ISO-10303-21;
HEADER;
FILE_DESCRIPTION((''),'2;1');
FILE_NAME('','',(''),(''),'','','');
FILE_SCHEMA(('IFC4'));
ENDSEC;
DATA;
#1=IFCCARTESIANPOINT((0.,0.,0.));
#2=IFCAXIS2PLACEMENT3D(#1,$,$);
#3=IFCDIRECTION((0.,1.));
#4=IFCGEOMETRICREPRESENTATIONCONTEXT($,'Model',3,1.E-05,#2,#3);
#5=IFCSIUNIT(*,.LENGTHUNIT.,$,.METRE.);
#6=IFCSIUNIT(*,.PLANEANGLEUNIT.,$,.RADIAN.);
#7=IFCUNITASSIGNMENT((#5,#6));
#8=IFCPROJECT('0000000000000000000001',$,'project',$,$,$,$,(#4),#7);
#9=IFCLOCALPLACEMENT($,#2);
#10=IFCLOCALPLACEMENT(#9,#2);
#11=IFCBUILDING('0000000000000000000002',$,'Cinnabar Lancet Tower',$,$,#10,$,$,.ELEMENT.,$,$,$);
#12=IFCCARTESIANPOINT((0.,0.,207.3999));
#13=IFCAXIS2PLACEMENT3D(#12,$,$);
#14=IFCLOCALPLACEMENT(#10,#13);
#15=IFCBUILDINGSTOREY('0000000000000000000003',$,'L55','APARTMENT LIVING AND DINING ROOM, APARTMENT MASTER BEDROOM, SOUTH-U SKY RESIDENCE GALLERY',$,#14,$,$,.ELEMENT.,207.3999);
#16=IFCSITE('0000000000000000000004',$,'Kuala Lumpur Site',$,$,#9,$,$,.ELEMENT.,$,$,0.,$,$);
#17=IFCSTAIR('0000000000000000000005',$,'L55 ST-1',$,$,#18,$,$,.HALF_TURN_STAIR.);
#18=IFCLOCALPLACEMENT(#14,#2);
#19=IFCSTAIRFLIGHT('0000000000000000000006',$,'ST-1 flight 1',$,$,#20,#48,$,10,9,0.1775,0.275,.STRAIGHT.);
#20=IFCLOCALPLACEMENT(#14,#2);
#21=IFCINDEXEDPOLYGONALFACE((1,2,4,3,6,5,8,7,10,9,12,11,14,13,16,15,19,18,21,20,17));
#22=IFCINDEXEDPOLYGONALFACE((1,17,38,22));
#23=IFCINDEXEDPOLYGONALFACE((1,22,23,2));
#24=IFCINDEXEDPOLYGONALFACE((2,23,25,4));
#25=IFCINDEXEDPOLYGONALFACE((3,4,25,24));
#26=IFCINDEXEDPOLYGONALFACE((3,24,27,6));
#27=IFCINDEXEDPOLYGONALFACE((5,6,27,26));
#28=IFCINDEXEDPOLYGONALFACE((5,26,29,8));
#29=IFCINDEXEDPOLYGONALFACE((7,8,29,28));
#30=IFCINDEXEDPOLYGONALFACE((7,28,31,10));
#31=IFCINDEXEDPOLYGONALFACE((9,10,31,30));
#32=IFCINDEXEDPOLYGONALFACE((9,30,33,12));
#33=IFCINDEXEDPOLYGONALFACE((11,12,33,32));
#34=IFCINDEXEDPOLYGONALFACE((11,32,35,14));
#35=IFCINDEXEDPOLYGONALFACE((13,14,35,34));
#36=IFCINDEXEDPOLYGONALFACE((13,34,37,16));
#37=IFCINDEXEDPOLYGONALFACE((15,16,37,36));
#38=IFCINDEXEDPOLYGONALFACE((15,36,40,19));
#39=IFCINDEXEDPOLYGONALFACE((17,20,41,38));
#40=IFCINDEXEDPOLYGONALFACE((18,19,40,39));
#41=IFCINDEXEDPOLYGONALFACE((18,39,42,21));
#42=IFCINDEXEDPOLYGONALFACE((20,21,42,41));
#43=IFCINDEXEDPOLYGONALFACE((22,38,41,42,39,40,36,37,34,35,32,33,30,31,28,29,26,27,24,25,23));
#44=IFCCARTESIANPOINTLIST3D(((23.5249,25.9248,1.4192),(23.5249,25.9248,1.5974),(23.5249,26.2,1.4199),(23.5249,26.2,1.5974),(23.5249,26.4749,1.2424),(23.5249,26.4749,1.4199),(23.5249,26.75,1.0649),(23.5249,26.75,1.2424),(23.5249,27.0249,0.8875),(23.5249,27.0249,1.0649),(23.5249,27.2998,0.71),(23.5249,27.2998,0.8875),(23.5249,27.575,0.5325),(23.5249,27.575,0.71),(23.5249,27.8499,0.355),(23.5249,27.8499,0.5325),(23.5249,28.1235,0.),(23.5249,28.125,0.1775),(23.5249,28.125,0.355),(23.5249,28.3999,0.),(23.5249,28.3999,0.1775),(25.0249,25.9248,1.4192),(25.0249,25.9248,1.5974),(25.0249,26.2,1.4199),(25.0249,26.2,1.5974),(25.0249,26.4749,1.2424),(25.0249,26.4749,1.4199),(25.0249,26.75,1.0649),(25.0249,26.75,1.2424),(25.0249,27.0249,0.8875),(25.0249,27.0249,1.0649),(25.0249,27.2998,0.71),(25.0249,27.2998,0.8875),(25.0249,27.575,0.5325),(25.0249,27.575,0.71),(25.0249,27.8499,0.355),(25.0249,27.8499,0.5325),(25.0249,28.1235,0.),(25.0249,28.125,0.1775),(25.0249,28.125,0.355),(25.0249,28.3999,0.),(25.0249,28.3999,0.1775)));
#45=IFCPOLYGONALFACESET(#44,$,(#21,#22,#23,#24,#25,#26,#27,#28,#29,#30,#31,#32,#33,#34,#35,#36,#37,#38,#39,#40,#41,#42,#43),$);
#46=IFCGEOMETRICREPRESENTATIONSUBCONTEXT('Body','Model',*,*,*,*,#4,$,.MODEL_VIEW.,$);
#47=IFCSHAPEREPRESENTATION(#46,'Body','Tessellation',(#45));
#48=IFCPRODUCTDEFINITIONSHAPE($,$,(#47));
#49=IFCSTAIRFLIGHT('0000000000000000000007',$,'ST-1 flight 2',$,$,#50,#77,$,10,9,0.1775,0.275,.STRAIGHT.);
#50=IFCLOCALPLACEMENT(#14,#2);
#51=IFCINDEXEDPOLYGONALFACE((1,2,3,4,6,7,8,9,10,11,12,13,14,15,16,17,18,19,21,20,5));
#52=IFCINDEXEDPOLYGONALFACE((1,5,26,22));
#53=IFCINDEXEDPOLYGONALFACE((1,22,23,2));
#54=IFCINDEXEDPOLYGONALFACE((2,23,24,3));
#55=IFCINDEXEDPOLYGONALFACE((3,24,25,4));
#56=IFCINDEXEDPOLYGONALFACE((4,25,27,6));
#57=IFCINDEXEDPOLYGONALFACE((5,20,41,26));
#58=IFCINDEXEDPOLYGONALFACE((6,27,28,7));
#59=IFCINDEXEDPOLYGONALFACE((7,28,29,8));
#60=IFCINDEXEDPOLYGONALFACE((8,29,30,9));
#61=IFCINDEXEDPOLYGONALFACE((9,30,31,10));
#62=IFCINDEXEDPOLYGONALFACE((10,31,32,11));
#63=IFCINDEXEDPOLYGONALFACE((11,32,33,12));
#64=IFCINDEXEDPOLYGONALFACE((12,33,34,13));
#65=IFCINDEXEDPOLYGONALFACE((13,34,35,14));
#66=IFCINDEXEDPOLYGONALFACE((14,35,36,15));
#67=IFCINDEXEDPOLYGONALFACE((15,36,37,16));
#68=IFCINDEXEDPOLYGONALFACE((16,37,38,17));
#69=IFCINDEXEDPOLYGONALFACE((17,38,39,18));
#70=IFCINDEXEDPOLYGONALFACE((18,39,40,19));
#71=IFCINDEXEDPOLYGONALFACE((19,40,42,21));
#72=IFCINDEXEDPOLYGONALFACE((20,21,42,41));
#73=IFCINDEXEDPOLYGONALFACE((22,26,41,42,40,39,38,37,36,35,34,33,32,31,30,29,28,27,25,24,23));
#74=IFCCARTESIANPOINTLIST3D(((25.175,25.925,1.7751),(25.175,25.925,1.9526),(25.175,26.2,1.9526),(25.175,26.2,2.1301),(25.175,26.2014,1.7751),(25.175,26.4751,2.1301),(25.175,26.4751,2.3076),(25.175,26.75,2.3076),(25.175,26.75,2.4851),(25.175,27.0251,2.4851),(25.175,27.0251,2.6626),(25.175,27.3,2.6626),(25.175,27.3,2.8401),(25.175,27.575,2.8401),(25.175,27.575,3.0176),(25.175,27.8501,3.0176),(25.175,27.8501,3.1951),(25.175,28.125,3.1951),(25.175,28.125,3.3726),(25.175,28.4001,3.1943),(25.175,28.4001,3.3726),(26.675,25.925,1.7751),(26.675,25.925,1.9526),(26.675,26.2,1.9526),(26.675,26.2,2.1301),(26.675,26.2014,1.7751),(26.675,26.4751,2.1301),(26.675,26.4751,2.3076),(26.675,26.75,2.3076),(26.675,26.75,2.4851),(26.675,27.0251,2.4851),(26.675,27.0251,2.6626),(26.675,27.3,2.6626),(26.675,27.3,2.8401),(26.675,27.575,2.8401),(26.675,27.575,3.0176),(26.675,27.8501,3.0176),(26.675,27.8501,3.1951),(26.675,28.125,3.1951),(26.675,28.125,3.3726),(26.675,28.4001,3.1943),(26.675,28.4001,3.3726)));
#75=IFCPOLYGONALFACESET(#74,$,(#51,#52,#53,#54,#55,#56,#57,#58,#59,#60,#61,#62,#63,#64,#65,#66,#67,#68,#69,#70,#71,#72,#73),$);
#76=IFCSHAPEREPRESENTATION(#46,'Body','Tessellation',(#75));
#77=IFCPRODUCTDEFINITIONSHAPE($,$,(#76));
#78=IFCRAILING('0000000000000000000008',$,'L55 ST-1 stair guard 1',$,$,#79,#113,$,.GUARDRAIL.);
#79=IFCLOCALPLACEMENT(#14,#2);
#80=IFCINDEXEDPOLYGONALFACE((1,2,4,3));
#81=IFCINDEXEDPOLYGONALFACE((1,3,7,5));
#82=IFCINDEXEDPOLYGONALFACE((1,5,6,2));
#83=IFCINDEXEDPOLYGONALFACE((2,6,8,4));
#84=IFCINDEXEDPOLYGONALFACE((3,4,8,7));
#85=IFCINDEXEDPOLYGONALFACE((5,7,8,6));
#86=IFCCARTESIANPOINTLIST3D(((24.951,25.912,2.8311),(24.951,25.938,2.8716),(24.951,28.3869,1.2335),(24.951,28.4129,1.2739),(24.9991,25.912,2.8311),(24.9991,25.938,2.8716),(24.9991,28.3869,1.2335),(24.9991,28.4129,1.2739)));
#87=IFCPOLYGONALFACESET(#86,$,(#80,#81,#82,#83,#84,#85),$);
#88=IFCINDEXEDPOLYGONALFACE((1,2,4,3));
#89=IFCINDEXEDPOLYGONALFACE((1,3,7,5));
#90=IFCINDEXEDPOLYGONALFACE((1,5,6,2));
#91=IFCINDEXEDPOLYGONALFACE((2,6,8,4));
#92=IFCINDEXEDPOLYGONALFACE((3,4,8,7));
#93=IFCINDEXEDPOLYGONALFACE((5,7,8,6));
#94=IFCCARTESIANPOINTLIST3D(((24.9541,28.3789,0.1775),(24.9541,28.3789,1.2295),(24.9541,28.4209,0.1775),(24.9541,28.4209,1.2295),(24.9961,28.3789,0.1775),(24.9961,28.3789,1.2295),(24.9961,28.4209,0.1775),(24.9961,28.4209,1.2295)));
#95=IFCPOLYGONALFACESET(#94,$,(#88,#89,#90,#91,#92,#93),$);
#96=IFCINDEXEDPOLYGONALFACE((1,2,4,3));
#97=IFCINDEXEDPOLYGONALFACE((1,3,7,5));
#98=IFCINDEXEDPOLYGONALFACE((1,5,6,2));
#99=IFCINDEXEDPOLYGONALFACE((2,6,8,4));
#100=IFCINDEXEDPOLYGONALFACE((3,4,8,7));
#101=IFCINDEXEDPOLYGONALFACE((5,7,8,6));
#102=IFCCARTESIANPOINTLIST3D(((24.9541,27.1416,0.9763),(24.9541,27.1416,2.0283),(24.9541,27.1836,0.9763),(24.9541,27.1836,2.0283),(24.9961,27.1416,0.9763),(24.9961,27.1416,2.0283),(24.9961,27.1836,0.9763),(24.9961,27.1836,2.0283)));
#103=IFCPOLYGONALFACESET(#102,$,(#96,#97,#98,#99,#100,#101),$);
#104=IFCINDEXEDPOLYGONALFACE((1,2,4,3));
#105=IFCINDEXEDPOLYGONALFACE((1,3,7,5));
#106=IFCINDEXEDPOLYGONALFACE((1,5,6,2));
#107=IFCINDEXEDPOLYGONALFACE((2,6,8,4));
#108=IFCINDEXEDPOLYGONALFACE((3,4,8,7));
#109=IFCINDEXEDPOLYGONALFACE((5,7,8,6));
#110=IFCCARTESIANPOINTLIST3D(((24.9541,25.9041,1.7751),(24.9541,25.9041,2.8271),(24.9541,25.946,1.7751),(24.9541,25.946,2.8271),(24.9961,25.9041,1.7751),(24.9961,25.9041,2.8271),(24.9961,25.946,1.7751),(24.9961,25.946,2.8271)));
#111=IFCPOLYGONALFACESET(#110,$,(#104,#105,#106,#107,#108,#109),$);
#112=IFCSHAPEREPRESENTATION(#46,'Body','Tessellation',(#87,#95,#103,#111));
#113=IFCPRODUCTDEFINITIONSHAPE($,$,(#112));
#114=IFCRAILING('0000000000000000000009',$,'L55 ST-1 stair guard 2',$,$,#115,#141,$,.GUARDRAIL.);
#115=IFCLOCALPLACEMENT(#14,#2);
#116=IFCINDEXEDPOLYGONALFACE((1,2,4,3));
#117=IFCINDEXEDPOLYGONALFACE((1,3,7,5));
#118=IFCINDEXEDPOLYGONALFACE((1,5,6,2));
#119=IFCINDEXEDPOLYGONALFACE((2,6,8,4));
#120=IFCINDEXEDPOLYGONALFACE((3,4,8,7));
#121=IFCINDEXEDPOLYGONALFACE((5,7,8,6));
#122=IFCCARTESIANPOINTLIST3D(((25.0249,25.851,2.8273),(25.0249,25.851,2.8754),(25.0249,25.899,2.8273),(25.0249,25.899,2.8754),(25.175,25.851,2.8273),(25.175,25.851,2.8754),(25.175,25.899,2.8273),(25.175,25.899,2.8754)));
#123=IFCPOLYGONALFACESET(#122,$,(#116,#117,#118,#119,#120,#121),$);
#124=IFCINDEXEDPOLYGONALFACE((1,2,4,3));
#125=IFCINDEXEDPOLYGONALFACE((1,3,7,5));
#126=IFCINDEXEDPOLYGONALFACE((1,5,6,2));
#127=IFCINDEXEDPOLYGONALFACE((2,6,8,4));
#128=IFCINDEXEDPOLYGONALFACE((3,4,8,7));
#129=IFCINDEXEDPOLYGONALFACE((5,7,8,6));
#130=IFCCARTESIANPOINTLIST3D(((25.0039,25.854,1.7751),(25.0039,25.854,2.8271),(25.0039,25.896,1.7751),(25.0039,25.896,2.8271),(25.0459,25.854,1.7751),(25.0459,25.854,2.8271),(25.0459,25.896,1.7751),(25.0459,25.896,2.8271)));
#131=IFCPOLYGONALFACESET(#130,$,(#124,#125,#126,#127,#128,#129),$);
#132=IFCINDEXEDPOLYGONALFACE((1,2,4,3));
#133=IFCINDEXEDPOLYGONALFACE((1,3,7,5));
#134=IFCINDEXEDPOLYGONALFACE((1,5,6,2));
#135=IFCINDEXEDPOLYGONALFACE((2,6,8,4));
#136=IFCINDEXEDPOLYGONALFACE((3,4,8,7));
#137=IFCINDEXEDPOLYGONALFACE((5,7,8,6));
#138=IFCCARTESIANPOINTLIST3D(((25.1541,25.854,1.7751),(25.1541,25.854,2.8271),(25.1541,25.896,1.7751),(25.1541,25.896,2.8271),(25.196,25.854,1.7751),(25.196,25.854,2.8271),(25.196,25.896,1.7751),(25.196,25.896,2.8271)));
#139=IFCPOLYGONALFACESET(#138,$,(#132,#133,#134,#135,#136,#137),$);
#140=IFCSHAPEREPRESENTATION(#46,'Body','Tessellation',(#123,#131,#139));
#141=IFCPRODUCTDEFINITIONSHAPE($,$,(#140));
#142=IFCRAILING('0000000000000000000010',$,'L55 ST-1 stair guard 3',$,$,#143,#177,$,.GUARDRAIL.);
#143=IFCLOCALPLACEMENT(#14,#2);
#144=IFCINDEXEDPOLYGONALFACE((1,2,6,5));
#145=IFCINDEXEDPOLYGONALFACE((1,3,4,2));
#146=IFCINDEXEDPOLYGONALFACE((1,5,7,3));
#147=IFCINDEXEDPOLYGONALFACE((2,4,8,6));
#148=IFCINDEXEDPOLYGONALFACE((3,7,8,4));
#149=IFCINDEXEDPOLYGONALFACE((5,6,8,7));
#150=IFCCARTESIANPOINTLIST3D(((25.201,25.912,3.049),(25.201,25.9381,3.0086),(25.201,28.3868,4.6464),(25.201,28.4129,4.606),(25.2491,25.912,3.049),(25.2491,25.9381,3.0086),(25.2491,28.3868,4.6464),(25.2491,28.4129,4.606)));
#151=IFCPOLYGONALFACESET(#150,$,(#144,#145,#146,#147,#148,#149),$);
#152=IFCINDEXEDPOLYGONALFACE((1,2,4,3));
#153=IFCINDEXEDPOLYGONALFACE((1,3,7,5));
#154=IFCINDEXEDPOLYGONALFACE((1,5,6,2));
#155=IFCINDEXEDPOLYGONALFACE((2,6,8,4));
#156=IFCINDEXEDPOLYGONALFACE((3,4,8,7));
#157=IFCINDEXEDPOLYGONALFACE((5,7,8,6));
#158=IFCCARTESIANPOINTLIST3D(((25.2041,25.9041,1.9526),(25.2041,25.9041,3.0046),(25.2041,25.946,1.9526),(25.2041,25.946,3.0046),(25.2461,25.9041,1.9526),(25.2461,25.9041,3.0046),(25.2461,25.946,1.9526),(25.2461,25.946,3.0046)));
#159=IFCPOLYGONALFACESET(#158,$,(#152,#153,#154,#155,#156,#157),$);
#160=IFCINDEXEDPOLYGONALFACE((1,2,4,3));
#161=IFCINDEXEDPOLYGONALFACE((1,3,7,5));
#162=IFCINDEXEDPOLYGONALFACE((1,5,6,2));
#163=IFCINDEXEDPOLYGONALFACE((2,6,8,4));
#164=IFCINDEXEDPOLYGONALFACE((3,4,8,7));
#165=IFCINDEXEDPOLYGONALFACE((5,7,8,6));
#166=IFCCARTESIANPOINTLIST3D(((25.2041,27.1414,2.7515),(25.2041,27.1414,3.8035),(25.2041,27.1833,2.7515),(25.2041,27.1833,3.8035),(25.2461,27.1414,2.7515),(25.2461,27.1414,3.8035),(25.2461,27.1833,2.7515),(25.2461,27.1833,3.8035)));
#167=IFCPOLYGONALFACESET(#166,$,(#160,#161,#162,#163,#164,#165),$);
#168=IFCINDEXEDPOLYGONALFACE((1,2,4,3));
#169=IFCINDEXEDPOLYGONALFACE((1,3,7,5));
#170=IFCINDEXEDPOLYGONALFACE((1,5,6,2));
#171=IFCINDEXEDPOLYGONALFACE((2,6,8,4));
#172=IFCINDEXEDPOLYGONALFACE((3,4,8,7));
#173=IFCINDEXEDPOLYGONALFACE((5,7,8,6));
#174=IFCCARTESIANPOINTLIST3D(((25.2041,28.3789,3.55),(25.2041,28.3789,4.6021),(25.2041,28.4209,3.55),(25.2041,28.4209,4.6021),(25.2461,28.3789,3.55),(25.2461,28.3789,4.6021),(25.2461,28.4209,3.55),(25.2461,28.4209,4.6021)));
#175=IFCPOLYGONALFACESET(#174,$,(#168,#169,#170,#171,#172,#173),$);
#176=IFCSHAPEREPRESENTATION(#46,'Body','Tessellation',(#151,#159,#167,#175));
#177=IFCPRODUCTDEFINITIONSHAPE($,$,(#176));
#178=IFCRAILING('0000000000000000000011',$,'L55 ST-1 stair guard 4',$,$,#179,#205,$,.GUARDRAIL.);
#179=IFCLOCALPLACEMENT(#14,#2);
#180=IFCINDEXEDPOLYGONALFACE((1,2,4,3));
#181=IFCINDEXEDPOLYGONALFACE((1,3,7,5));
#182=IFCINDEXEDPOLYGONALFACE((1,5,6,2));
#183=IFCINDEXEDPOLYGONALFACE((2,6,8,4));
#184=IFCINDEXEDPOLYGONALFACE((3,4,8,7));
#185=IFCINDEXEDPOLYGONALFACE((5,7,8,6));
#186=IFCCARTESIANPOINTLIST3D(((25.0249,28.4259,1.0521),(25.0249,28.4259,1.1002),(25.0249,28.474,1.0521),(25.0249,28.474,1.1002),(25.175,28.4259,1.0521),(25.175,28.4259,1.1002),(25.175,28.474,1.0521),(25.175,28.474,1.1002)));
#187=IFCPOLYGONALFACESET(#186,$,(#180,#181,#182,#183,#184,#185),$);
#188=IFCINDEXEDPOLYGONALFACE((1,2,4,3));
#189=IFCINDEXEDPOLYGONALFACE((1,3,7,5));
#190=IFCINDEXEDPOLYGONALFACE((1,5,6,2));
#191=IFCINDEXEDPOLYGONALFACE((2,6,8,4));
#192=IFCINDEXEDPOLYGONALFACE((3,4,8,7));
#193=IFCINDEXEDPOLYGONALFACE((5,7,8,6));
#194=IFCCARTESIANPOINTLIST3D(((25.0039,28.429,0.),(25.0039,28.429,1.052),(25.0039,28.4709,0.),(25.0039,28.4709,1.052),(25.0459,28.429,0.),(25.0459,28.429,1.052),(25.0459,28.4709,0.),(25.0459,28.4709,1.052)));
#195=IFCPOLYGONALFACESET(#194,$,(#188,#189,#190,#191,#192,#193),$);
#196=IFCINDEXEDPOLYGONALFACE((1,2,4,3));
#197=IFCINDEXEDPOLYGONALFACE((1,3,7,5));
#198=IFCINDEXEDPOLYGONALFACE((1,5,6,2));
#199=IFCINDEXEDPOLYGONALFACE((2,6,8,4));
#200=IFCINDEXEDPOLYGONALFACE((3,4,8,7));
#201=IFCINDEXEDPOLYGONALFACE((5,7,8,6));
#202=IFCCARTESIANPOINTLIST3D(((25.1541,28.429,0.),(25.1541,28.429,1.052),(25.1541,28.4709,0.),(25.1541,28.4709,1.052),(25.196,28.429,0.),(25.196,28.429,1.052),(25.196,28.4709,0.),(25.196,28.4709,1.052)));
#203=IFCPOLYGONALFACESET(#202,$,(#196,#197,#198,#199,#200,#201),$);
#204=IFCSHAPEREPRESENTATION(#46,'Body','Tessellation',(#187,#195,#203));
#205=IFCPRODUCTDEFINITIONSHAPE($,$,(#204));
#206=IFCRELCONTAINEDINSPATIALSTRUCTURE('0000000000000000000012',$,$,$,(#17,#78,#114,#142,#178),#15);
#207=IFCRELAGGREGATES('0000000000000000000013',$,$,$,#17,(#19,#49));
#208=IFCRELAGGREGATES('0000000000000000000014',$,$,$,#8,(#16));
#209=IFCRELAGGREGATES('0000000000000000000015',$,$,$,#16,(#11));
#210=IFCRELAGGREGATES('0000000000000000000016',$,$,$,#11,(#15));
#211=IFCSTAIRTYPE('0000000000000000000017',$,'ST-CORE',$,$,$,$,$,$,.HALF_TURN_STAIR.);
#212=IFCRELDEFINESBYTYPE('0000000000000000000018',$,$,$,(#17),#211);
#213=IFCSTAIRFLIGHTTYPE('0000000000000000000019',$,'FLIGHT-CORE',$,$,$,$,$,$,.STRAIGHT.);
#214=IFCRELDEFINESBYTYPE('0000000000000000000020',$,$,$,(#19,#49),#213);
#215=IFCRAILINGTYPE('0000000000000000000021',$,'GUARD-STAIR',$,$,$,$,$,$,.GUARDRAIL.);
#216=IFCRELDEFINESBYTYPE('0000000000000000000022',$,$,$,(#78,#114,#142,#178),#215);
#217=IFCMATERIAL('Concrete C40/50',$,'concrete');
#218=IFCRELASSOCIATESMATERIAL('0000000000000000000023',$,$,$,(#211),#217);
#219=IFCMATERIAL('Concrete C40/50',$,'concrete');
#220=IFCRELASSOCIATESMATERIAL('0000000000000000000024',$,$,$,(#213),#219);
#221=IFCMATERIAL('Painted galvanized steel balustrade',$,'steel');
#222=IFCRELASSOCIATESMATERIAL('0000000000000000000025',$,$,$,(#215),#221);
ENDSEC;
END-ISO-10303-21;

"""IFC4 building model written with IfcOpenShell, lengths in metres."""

from ifc_helpers import new_model, si_unit, direction, frame, origin, origin_2d, place, context, subcontext, project, spatial, polyline, rectangle, outline, extrude, material, type_object, element, aggregate, save


model = new_model("IFC4")

# Units and contexts
model_context = context("Model", 3, precision=1e-05, world=origin(), true_north=direction((0.0, 1.0)))
body_context = subcontext(model_context, "Body", "Model", "MODEL_VIEW")
ifc_project = project(units=[si_unit("LENGTHUNIT", "METRE"), si_unit("PLANEANGLEUNIT", "RADIAN")], contexts=[model_context])

# Site, building, storey
site_placement = place(None, origin())
site = spatial("IfcSite", under=ifc_project, at=site_placement, Name="Kuala Lumpur Site", CompositionType="ELEMENT", RefElevation=0.0)
building_placement = place(site_placement, origin())
building = spatial("IfcBuilding", under=site, at=building_placement, Name="Cinnabar Lancet Tower", CompositionType="ELEMENT")
storey_placement = place(building_placement, frame((0.0, 0.0, 207.3999)))
storey = spatial("IfcBuildingStorey", under=building, at=storey_placement, Name="L55", Description="APARTMENT LIVING AND DINING ROOM, APARTMENT MASTER BEDROOM, SOUTH-U SKY RESIDENCE GALLERY", CompositionType="ELEMENT", Elevation=207.3999)

# Stair, stair flights
ifc_material_1 = material(Name="Concrete C40/50", Category="concrete")
stair_type = type_object("IfcStairType", Name="ST-CORE", PredefinedType="HALF_TURN_STAIR", material=ifc_material_1)
stair_placement = place(storey_placement, origin())
stair = element("IfcStair", 1, at=stair_placement, inside=storey, type_object=stair_type, Name="L55 ST-1", PredefinedType="HALF_TURN_STAIR")
ifc_material_2 = material(Name="Concrete C40/50", Category="concrete")
stair_flight_type = type_object("IfcStairFlightType", Name="FLIGHT-CORE", PredefinedType="STRAIGHT", material=ifc_material_2)
stair_flight_1_placement = place(storey_placement, frame((24.2749, 28.3999, 0.0), z_axis=(0.0, 0.0, 1.0), x_axis=(0.0, -1.0, 0.0)))
stair_flight_1 = element("IfcStairFlight", 2, at=stair_flight_1_placement, type_object=stair_flight_type, Name="ST-1 flight 1", NumberOfRisers=10, NumberOfTreads=9, PredefinedType="STRAIGHT", RiserHeight=0.1775, TreadLength=0.275, context=body_context, shape_type="SweptSolid", body=[
    extrude(outline(polyline([(0.0, 0.0), (0.0, 0.1775), (0.2749, 0.1775), (0.2749, 0.355), (0.55, 0.355), (0.55, 0.5325), (0.825, 0.5325), (0.825, 0.71), (1.1001, 0.71), (1.1001, 0.8875), (1.375, 0.8875), (1.375, 1.0649), (1.6499, 1.0649), (1.6499, 1.2424), (1.925, 1.2424), (1.925, 1.4199), (2.2, 1.4199), (2.2, 1.5974), (2.4751, 1.5974), (2.4751, 1.7749), (2.4751, 1.4192), (0.2764, 0.0), (0.0, 0.0)])), frame((0.0, 0.75, 0.0), z_axis=(0.0, -1.0, 0.0), x_axis=(1.0, 0.0, 0.0)), (0.0, 0.0, 1.0), 1.5),
])
stair_flight_2_placement = place(storey_placement, frame((25.925, 25.925, 1.7751), z_axis=(0.0, 0.0, 1.0), x_axis=(0.0, 1.0, 0.0)))
stair_flight_2 = element("IfcStairFlight", 3, at=stair_flight_2_placement, type_object=stair_flight_type, Name="ST-1 flight 2", NumberOfRisers=10, NumberOfTreads=9, PredefinedType="STRAIGHT", RiserHeight=0.1775, TreadLength=0.275, context=body_context, shape_type="SweptSolid", body=[
    extrude(outline(polyline([(0.0, 0.0), (0.0, 0.1775), (0.2749, 0.1775), (0.2749, 0.355), (0.55, 0.355), (0.55, 0.5325), (0.825, 0.5325), (0.825, 0.71), (1.1001, 0.71), (1.1001, 0.8875), (1.375, 0.8875), (1.375, 1.0649), (1.6499, 1.0649), (1.6499, 1.2424), (1.925, 1.2424), (1.925, 1.4199), (2.2, 1.4199), (2.2, 1.5974), (2.4751, 1.5974), (2.4751, 1.7749), (2.4751, 1.4192), (0.2764, 0.0), (0.0, 0.0)])), frame((0.0, 0.75, 0.0), z_axis=(0.0, -1.0, 0.0), x_axis=(1.0, 0.0, 0.0)), (0.0, 0.0, 1.0), 1.5),
])
aggregate(stair, [stair_flight_1, stair_flight_2])

# Railings
ifc_material_3 = material(Name="Painted galvanized steel balustrade", Category="steel")
railing_type_1 = type_object("IfcRailingType", Name="GUARD-STAIR", PredefinedType="GUARDRAIL", material=ifc_material_3)
railing_1_placement = place(storey_placement, frame((24.9751, 28.3999, 0.1775)))
element("IfcRailing", 4, at=railing_1_placement, inside=storey, type_object=railing_type_1, Name="L55 ST-1 stair guard 1", PredefinedType="GUARDRAIL", context=body_context, shape_type="SweptSolid", body=[
    extrude(rectangle(XDim=0.0481, YDim=0.0481, at=origin_2d()), frame((0.0, 0.0, 1.0762), z_axis=(0.0, -0.840146, 0.542361), x_axis=(1.0, 0.0, 0.0)), (0.0, 0.0, 1.0), 2.9458),
    extrude(rectangle(XDim=0.042, YDim=0.042, at=origin_2d()), origin(), (0.0, 0.0, 1.0), 1.052),
    extrude(rectangle(XDim=0.042, YDim=0.042, at=origin_2d()), frame((0.0, -1.2373, 0.7988)), (0.0, 0.0, 1.0), 1.052),
    extrude(rectangle(XDim=0.042, YDim=0.042, at=origin_2d()), frame((0.0, -2.4749, 1.5977)), (0.0, 0.0, 1.0), 1.052),
])
railing_2_placement = place(storey_placement, frame((25.0249, 25.875, 1.7751)))
element("IfcRailing", 5, at=railing_2_placement, inside=storey, type_object=railing_type_1, Name="L55 ST-1 stair guard 2", PredefinedType="GUARDRAIL", context=body_context, shape_type="SweptSolid", body=[
    extrude(rectangle(XDim=0.0481, YDim=0.0481, at=origin_2d()), frame((0.0, 0.0, 1.0762), z_axis=(1.0, 0.0, 0.0), x_axis=(0.0, 1.0, 0.0)), (0.0, 0.0, 1.0), 0.1501),
    extrude(rectangle(XDim=0.042, YDim=0.042, at=origin_2d()), origin(), (0.0, 0.0, 1.0), 1.052),
    extrude(rectangle(XDim=0.042, YDim=0.042, at=origin_2d()), frame((0.1501, 0.0, 0.0)), (0.0, 0.0, 1.0), 1.052),
])
railing_3_placement = place(storey_placement, frame((25.2251, 25.925, 1.9526)))
element("IfcRailing", 6, at=railing_3_placement, inside=storey, type_object=railing_type_1, Name="L55 ST-1 stair guard 3", PredefinedType="GUARDRAIL", context=body_context, shape_type="SweptSolid", body=[
    extrude(rectangle(XDim=0.0481, YDim=0.0481, at=origin_2d()), frame((0.0, 0.0, 1.0762), z_axis=(0.0, 0.840183, 0.542302), x_axis=(-1.0, 0.0, 0.0)), (0.0, 0.0, 1.0), 2.9456),
    extrude(rectangle(XDim=0.042, YDim=0.042, at=origin_2d()), origin(), (0.0, 0.0, 1.0), 1.052),
    extrude(rectangle(XDim=0.042, YDim=0.042, at=origin_2d()), frame((0.0, 1.2373, 0.7988)), (0.0, 0.0, 1.0), 1.052),
    extrude(rectangle(XDim=0.042, YDim=0.042, at=origin_2d()), frame((0.0, 2.4749, 1.5974)), (0.0, 0.0, 1.0), 1.052),
])
railing_4_placement = place(storey_placement, frame((25.0249, 28.45, 0.0)))
element("IfcRailing", 7, at=railing_4_placement, inside=storey, type_object=railing_type_1, Name="L55 ST-1 stair guard 4", PredefinedType="GUARDRAIL", context=body_context, shape_type="SweptSolid", body=[
    extrude(rectangle(XDim=0.0481, YDim=0.0481, at=origin_2d()), frame((0.0, 0.0, 1.0762), z_axis=(1.0, 0.0, 0.0), x_axis=(0.0, 1.0, 0.0)), (0.0, 0.0, 1.0), 0.1501),
    extrude(rectangle(XDim=0.042, YDim=0.042, at=origin_2d()), origin(), (0.0, 0.0, 1.0), 1.052),
    extrude(rectangle(XDim=0.042, YDim=0.042, at=origin_2d()), frame((0.1501, 0.0, 0.0)), (0.0, 0.0, 1.0), 1.052),
])

save(model, "model.ifc")
